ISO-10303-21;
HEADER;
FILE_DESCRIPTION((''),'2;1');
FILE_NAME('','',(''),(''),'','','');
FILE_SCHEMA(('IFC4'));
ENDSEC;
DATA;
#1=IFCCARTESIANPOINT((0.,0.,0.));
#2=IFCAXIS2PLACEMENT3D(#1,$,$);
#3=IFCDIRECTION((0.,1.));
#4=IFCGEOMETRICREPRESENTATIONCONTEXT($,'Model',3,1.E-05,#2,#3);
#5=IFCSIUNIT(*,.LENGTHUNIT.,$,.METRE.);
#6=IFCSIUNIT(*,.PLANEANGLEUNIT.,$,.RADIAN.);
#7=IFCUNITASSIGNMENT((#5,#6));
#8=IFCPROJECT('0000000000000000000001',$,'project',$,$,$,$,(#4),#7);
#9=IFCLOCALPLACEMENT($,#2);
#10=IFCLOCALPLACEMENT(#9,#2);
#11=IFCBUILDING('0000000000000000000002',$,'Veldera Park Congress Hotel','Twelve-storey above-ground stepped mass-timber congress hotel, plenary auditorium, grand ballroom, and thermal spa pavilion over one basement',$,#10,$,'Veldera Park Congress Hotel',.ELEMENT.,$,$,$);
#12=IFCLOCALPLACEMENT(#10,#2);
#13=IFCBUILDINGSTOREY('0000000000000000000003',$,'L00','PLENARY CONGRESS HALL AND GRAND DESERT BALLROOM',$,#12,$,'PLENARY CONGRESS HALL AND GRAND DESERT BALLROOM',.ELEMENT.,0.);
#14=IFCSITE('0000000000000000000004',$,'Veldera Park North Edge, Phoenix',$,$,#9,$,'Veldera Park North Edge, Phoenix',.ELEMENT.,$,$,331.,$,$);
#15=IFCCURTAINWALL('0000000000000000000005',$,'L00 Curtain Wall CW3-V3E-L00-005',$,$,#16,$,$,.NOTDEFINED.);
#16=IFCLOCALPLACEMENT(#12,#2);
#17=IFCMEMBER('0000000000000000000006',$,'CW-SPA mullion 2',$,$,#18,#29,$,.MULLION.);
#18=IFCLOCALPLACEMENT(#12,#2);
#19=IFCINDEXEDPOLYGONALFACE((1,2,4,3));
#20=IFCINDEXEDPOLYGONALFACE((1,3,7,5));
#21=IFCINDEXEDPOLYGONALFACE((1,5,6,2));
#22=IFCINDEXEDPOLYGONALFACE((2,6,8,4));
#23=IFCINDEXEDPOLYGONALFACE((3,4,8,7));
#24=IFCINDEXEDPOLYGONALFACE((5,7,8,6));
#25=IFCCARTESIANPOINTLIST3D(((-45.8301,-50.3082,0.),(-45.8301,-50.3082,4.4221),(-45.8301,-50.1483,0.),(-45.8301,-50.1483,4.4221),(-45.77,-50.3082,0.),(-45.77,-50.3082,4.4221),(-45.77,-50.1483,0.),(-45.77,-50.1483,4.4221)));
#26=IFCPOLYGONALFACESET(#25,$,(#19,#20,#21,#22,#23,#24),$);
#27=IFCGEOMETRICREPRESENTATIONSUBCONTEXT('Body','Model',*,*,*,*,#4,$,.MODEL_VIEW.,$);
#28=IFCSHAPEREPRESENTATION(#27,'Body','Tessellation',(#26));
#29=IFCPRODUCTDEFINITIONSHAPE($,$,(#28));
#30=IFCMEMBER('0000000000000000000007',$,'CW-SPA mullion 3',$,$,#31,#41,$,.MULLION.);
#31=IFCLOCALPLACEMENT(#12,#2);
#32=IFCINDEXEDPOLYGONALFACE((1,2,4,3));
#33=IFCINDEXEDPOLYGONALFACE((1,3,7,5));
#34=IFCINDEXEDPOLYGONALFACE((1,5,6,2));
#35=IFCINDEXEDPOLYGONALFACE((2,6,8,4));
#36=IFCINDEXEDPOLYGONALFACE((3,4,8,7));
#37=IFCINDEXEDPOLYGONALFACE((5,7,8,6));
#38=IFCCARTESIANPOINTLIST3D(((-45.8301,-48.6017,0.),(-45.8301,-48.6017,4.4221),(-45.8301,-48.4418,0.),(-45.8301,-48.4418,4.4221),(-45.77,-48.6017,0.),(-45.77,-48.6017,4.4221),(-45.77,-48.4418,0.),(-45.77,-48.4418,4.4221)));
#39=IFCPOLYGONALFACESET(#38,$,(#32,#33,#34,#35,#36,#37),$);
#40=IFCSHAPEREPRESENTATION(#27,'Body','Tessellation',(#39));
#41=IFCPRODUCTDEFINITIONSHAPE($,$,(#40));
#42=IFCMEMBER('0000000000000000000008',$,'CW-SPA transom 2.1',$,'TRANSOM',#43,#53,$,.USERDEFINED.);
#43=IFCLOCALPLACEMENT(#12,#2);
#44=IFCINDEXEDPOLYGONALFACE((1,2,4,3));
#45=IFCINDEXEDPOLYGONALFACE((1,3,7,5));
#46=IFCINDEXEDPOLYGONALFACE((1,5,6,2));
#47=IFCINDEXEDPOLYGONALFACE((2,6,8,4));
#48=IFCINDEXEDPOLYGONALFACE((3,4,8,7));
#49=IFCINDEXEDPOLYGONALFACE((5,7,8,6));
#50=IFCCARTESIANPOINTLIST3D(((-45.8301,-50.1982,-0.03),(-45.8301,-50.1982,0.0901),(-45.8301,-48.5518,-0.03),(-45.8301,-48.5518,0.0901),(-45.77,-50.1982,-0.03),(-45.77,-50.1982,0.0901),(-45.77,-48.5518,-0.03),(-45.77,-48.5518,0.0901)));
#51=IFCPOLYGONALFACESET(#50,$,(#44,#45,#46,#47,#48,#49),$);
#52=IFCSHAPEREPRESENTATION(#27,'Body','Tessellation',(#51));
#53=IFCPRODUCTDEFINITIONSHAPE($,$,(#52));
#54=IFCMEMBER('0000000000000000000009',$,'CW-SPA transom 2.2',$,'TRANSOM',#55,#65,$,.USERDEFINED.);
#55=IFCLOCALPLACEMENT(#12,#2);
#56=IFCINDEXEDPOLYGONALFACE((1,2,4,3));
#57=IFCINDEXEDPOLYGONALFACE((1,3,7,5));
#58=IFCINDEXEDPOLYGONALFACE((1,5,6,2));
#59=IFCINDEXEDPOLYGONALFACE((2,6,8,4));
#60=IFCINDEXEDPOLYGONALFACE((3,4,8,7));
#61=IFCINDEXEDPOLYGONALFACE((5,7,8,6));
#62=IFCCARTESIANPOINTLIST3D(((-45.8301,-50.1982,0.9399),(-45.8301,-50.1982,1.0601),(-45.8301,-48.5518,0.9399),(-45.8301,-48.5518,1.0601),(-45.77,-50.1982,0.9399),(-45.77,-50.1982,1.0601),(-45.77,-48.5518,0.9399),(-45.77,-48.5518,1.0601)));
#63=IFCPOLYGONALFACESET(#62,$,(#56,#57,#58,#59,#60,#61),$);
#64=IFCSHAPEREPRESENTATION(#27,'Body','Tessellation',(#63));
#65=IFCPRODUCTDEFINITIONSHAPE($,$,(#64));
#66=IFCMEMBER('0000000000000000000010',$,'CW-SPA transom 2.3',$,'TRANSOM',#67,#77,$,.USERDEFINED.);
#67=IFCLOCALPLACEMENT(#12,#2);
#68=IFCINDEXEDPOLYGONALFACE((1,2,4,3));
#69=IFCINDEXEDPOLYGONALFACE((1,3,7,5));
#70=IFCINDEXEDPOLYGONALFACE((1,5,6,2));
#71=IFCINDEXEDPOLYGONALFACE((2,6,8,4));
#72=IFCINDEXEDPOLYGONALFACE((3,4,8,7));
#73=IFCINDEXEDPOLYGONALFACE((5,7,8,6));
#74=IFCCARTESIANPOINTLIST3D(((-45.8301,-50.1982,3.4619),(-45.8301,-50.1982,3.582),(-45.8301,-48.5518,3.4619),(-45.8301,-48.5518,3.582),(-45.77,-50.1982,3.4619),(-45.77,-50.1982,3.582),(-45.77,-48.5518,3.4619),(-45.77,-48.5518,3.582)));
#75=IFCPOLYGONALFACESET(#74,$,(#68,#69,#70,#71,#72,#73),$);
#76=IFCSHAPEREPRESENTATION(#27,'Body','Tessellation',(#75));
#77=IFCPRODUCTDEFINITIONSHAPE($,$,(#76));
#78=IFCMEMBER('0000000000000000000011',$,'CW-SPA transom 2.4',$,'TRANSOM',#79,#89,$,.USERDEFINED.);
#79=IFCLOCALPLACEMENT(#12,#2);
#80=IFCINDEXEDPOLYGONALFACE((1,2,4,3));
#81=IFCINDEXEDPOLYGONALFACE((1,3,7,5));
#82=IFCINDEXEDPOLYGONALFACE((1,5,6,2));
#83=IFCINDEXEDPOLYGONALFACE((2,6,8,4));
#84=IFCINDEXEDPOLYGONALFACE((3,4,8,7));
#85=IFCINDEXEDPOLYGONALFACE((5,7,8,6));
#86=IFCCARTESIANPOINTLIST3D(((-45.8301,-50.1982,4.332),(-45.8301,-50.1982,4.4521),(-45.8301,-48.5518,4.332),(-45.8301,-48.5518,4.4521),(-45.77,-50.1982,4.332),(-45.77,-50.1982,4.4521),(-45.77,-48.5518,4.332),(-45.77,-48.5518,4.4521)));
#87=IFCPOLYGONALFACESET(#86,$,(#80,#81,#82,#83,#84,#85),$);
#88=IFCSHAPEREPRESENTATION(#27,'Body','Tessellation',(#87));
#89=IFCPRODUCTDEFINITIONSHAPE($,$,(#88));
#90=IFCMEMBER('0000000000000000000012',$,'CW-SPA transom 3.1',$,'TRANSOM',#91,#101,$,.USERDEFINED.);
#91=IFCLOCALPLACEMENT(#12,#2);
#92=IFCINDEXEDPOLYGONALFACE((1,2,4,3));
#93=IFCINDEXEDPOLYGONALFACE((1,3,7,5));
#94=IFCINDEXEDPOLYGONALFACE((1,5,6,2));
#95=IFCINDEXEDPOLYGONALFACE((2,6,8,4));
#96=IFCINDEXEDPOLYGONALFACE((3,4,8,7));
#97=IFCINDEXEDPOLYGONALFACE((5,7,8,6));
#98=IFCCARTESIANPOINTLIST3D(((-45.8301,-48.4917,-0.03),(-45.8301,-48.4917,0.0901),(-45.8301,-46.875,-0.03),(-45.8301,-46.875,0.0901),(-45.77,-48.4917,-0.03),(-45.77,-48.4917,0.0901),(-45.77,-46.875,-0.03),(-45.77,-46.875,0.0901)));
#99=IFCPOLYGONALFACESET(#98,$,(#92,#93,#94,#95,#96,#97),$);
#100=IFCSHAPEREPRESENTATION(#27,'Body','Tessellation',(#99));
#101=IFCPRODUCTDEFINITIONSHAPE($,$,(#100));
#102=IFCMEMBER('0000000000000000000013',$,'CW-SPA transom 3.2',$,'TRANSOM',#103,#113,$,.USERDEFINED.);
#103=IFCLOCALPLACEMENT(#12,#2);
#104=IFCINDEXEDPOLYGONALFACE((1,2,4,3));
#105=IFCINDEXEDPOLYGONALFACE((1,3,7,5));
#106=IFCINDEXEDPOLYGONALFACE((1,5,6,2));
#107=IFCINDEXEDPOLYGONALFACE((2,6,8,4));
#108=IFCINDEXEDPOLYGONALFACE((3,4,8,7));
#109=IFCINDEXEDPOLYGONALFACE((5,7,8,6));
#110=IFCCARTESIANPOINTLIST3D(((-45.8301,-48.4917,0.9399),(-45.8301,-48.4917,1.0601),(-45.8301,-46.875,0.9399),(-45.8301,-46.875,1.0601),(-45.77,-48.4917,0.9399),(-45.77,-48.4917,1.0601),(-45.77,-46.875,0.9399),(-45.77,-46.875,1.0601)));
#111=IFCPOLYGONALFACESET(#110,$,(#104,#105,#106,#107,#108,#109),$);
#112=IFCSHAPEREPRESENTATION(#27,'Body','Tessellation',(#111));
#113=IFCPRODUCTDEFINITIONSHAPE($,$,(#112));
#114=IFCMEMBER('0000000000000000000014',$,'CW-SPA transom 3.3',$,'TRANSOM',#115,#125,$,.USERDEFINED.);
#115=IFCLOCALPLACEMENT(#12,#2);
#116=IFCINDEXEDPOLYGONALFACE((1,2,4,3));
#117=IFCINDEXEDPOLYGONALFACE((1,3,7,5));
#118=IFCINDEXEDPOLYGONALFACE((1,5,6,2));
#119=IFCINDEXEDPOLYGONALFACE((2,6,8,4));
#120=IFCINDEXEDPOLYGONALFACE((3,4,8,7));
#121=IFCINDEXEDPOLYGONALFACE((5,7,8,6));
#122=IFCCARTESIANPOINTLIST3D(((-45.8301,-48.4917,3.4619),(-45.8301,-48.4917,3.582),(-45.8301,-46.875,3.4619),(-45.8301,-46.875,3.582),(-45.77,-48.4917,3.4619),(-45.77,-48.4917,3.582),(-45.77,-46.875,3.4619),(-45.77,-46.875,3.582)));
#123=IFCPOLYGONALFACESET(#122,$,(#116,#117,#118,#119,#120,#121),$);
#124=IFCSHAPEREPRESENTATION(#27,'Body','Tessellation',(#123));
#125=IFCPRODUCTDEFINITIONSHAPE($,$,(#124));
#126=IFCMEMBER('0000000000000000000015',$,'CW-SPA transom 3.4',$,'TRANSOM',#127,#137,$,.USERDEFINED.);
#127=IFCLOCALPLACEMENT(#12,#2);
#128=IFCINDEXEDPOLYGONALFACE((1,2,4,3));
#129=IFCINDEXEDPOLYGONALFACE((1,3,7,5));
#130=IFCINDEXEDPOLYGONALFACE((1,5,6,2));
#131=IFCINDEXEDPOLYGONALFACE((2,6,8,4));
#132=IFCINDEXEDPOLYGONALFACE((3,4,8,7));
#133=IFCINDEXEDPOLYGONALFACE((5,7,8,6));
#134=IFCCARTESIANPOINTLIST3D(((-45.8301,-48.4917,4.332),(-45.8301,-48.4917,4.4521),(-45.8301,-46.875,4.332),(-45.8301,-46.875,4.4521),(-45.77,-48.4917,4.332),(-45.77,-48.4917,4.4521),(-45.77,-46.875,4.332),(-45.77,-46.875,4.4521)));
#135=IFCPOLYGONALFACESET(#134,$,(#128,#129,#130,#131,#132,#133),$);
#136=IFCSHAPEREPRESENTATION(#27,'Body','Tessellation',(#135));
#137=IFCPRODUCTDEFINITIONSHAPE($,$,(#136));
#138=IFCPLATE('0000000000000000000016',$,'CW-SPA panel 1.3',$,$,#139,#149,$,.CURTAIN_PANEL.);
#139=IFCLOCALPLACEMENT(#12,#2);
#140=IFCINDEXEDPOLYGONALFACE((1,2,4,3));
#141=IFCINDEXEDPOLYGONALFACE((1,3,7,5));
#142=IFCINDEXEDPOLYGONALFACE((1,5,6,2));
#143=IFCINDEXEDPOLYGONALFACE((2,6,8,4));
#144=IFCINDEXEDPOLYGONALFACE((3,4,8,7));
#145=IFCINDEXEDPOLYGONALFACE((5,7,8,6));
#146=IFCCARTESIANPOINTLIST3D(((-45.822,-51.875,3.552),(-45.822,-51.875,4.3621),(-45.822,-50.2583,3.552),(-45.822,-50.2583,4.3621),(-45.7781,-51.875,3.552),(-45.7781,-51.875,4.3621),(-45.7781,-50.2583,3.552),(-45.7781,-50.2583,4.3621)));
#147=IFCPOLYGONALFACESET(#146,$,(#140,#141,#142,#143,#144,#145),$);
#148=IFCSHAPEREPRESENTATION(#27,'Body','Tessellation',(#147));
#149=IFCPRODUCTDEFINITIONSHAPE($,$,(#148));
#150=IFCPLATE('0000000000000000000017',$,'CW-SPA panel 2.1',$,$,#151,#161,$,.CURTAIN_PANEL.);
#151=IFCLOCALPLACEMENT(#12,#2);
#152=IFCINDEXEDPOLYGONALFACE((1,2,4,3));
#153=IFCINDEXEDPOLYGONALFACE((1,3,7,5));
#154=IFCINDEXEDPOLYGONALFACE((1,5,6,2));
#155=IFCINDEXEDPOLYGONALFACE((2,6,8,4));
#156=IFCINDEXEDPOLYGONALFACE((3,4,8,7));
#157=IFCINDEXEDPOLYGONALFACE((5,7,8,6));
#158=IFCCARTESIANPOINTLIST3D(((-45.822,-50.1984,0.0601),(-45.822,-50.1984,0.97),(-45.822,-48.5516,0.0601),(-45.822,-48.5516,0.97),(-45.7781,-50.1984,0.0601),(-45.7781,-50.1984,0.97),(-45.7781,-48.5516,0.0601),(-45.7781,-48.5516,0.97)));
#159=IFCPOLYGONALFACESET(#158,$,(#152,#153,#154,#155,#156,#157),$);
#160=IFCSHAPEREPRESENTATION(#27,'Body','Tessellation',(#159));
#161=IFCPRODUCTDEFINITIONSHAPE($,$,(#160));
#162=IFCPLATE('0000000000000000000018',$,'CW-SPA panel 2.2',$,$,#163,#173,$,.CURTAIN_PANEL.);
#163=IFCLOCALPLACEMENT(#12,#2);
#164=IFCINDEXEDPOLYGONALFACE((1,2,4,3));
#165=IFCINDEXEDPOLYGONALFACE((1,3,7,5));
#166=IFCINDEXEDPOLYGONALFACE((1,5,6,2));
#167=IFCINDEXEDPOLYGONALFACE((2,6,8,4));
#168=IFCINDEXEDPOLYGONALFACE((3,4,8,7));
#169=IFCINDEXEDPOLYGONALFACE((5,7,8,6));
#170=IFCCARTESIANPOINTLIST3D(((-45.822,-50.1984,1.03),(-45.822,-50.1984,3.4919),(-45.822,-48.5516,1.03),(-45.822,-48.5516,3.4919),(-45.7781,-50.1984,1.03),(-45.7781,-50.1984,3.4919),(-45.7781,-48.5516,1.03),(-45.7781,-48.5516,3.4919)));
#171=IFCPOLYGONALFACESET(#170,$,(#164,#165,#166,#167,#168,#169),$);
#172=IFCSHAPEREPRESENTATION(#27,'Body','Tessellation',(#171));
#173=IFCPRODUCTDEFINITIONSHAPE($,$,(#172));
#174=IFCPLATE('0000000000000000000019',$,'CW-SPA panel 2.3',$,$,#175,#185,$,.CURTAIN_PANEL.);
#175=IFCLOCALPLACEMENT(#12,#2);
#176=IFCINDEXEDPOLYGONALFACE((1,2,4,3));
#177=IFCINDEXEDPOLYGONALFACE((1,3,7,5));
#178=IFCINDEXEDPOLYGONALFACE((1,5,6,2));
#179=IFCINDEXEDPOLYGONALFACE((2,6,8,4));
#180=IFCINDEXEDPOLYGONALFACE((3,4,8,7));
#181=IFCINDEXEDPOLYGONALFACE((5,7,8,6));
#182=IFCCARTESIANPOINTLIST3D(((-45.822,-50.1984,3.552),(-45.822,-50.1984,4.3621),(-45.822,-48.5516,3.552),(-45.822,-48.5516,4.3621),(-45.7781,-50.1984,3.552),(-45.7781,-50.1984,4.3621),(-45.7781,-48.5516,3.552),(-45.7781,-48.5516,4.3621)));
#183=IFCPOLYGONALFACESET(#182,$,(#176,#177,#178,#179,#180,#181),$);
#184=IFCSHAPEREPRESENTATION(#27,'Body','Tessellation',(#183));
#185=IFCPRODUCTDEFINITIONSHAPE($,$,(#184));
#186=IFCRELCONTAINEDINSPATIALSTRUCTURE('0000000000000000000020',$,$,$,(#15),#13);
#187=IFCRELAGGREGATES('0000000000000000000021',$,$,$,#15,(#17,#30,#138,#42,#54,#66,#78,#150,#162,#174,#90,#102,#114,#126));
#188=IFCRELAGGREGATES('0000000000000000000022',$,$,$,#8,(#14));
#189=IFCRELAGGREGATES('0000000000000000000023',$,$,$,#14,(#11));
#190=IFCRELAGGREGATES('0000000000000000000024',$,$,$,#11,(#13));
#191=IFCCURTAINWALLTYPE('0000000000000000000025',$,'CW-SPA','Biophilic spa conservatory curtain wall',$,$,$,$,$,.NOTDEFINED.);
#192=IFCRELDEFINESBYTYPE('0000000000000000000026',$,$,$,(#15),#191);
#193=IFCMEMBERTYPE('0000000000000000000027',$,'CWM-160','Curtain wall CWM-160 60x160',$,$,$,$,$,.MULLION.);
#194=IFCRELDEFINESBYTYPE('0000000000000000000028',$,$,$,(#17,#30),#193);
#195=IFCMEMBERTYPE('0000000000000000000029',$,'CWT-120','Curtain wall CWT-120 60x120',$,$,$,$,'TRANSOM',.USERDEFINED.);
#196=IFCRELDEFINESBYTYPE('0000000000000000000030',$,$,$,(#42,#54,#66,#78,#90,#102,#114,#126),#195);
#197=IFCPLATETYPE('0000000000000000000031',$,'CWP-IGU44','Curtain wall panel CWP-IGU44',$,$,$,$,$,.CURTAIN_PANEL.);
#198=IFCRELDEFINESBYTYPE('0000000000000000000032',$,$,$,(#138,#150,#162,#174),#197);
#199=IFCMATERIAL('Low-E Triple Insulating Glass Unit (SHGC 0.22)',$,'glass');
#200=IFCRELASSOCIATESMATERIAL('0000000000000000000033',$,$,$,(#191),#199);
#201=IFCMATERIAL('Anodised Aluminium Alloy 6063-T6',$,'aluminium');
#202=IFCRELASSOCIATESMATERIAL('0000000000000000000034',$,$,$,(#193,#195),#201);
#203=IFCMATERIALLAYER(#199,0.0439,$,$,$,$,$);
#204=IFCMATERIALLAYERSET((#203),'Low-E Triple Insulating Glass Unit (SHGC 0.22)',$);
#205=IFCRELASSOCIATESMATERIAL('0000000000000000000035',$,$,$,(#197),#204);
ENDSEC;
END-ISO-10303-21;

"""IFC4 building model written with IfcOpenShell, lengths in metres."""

from ifc_helpers import new_model, si_unit, direction, frame, origin, origin_2d, place, context, subcontext, project, spatial, rectangle, extrude, material, layer, layer_set, material_profile, profile_set, type_object, element, aggregate, save


model = new_model("IFC4")

# Units and contexts
model_context = context("Model", 3, precision=1e-05, world=origin(), true_north=direction((0.0, 1.0)))
body_context = subcontext(model_context, "Body", "Model", "MODEL_VIEW")
ifc_project = project(units=[si_unit("LENGTHUNIT", "METRE"), si_unit("PLANEANGLEUNIT", "RADIAN")], contexts=[model_context])

# Site, building, storey
site_placement = place(None, origin())
site = spatial("IfcSite", under=ifc_project, at=site_placement, Name="Veldera Park North Edge, Phoenix", LongName="Veldera Park North Edge, Phoenix", CompositionType="ELEMENT", RefElevation=331.0)
building_placement = place(site_placement, origin())
building = spatial("IfcBuilding", under=site, at=building_placement, Name="Veldera Park Congress Hotel", Description="Twelve-storey above-ground stepped mass-timber congress hotel, plenary auditorium, grand ballroom, and thermal spa pavilion over one basement", LongName="Veldera Park Congress Hotel", CompositionType="ELEMENT")
storey_placement = place(building_placement, origin())
storey = spatial("IfcBuildingStorey", under=building, at=storey_placement, Name="L00", Description="PLENARY CONGRESS HALL AND GRAND DESERT BALLROOM", LongName="PLENARY CONGRESS HALL AND GRAND DESERT BALLROOM", CompositionType="ELEMENT", Elevation=0.0)

# Curtain wall, members, plates
ifc_material_1 = material(Name="Low-E Triple Insulating Glass Unit (SHGC 0.22)", Category="glass")
curtain_wall_type = type_object("IfcCurtainWallType", Name="CW-SPA", Description="Biophilic spa conservatory curtain wall", PredefinedType="NOTDEFINED", material=ifc_material_1)
curtain_wall_placement = place(storey_placement, origin())
curtain_wall = element("IfcCurtainWall", 1, at=curtain_wall_placement, inside=storey, type_object=curtain_wall_type, Name="L00 Curtain Wall CW3-V3E-L00-005", PredefinedType="NOTDEFINED")
ifc_material_2 = material(Name="Anodised Aluminium Alloy 6063-T6", Category="aluminium")
ifc_material_profile_1 = material_profile(ifc_material_2, rectangle(XDim=0.0601, YDim=0.1599, at=origin_2d()), Name="ALU 60x160")
ifc_profile_set_1 = profile_set([ifc_material_profile_1], Name="Anodised Aluminium Alloy 6063-T6")
member_type_1 = type_object("IfcMemberType", Name="CWM-160", Description="Curtain wall CWM-160 60x160", PredefinedType="MULLION", material=ifc_profile_set_1)
member_1_placement = place(storey_placement, frame((-45.8, -50.2283, 0.0), z_axis=(0.0, 0.0, 1.0), x_axis=(-1.0, 0.0, 0.0)))
member_1 = element("IfcMember", 2, at=member_1_placement, type_object=member_type_1, Name="CW-SPA mullion 2", PredefinedType="MULLION", context=body_context, shape_type="SweptSolid", body=[
    extrude(rectangle(XDim=0.0601, YDim=0.1599, at=origin_2d()), origin(), (0.0, 0.0, 1.0), 4.4221),
])
member_2_placement = place(storey_placement, frame((-45.8, -48.5217, 0.0), z_axis=(0.0, 0.0, 1.0), x_axis=(-1.0, 0.0, 0.0)))
member_2 = element("IfcMember", 3, at=member_2_placement, type_object=member_type_1, Name="CW-SPA mullion 3", PredefinedType="MULLION", context=body_context, shape_type="SweptSolid", body=[
    extrude(rectangle(XDim=0.0601, YDim=0.1599, at=origin_2d()), origin(), (0.0, 0.0, 1.0), 4.4221),
])
ifc_material_profile_2 = material_profile(ifc_material_2, rectangle(XDim=0.0601, YDim=0.1201, at=origin_2d()), Name="ALU 60x120")
ifc_profile_set_2 = profile_set([ifc_material_profile_2], Name="Anodised Aluminium Alloy 6063-T6")
member_type_2 = type_object("IfcMemberType", Name="CWT-120", Description="Curtain wall CWT-120 60x120", ElementType="TRANSOM", PredefinedType="USERDEFINED", material=ifc_profile_set_2)
member_3_placement = place(storey_placement, frame((-45.8, -50.1982, 0.03), z_axis=(0.0, 1.0, 0.0), x_axis=(-1.0, 0.0, 0.0)))
member_3 = element("IfcMember", 4, at=member_3_placement, type_object=member_type_2, Name="CW-SPA transom 2.1", ObjectType="TRANSOM", PredefinedType="USERDEFINED", context=body_context, shape_type="SweptSolid", body=[
    extrude(rectangle(XDim=0.0601, YDim=0.1201, at=origin_2d()), origin(), (0.0, 0.0, 1.0), 1.6465),
])
member_4_placement = place(storey_placement, frame((-45.8, -50.1982, 1.0), z_axis=(0.0, 1.0, 0.0), x_axis=(-1.0, 0.0, 0.0)))
member_4 = element("IfcMember", 5, at=member_4_placement, type_object=member_type_2, Name="CW-SPA transom 2.2", ObjectType="TRANSOM", PredefinedType="USERDEFINED", context=body_context, shape_type="SweptSolid", body=[
    extrude(rectangle(XDim=0.0601, YDim=0.1201, at=origin_2d()), origin(), (0.0, 0.0, 1.0), 1.6465),
])
member_5_placement = place(storey_placement, frame((-45.8, -50.1982, 3.522), z_axis=(0.0, 1.0, 0.0), x_axis=(-1.0, 0.0, 0.0)))
member_5 = element("IfcMember", 6, at=member_5_placement, type_object=member_type_2, Name="CW-SPA transom 2.3", ObjectType="TRANSOM", PredefinedType="USERDEFINED", context=body_context, shape_type="SweptSolid", body=[
    extrude(rectangle(XDim=0.0601, YDim=0.1201, at=origin_2d()), origin(), (0.0, 0.0, 1.0), 1.6465),
])
member_6_placement = place(storey_placement, frame((-45.8, -50.1982, 4.3921), z_axis=(0.0, 1.0, 0.0), x_axis=(-1.0, 0.0, 0.0)))
member_6 = element("IfcMember", 7, at=member_6_placement, type_object=member_type_2, Name="CW-SPA transom 2.4", ObjectType="TRANSOM", PredefinedType="USERDEFINED", context=body_context, shape_type="SweptSolid", body=[
    extrude(rectangle(XDim=0.0601, YDim=0.1201, at=origin_2d()), origin(), (0.0, 0.0, 1.0), 1.6465),
])
member_7_placement = place(storey_placement, frame((-45.8, -48.4917, 0.03), z_axis=(0.0, 1.0, 0.0), x_axis=(-1.0, 0.0, 0.0)))
member_7 = element("IfcMember", 8, at=member_7_placement, type_object=member_type_2, Name="CW-SPA transom 3.1", ObjectType="TRANSOM", PredefinedType="USERDEFINED", context=body_context, shape_type="SweptSolid", body=[
    extrude(rectangle(XDim=0.0601, YDim=0.1201, at=origin_2d()), origin(), (0.0, 0.0, 1.0), 1.6167),
])
member_8_placement = place(storey_placement, frame((-45.8, -48.4917, 1.0), z_axis=(0.0, 1.0, 0.0), x_axis=(-1.0, 0.0, 0.0)))
member_8 = element("IfcMember", 9, at=member_8_placement, type_object=member_type_2, Name="CW-SPA transom 3.2", ObjectType="TRANSOM", PredefinedType="USERDEFINED", context=body_context, shape_type="SweptSolid", body=[
    extrude(rectangle(XDim=0.0601, YDim=0.1201, at=origin_2d()), origin(), (0.0, 0.0, 1.0), 1.6167),
])
member_9_placement = place(storey_placement, frame((-45.8, -48.4917, 3.522), z_axis=(0.0, 1.0, 0.0), x_axis=(-1.0, 0.0, 0.0)))
member_9 = element("IfcMember", 10, at=member_9_placement, type_object=member_type_2, Name="CW-SPA transom 3.3", ObjectType="TRANSOM", PredefinedType="USERDEFINED", context=body_context, shape_type="SweptSolid", body=[
    extrude(rectangle(XDim=0.0601, YDim=0.1201, at=origin_2d()), origin(), (0.0, 0.0, 1.0), 1.6167),
])
member_10_placement = place(storey_placement, frame((-45.8, -48.4917, 4.3921), z_axis=(0.0, 1.0, 0.0), x_axis=(-1.0, 0.0, 0.0)))
member_10 = element("IfcMember", 11, at=member_10_placement, type_object=member_type_2, Name="CW-SPA transom 3.4", ObjectType="TRANSOM", PredefinedType="USERDEFINED", context=body_context, shape_type="SweptSolid", body=[
    extrude(rectangle(XDim=0.0601, YDim=0.1201, at=origin_2d()), origin(), (0.0, 0.0, 1.0), 1.6167),
])
ifc_layer_1 = layer(ifc_material_1, 0.0439)
ifc_layer_set_1 = layer_set([ifc_layer_1], Name="Low-E Triple Insulating Glass Unit (SHGC 0.22)")
plate_type = type_object("IfcPlateType", Name="CWP-IGU44", Description="Curtain wall panel CWP-IGU44", PredefinedType="CURTAIN_PANEL", material=ifc_layer_set_1)
plate_1_placement = place(storey_placement, frame((-45.8, -51.0667, 3.552), z_axis=(0.0, 0.0, 1.0), x_axis=(0.0, 1.0, 0.0)))
plate_1 = element("IfcPlate", 12, at=plate_1_placement, type_object=plate_type, Name="CW-SPA panel 1.3", PredefinedType="CURTAIN_PANEL", context=body_context, shape_type="SweptSolid", body=[
    extrude(rectangle(XDim=1.6167, YDim=0.0439, at=origin_2d()), origin(), (0.0, 0.0, 1.0), 0.8101),
])
plate_2_placement = place(storey_placement, frame((-45.8, -49.375, 0.0601), z_axis=(0.0, 0.0, 1.0), x_axis=(0.0, 1.0, 0.0)))
plate_2 = element("IfcPlate", 13, at=plate_2_placement, type_object=plate_type, Name="CW-SPA panel 2.1", PredefinedType="CURTAIN_PANEL", context=body_context, shape_type="SweptSolid", body=[
    extrude(rectangle(XDim=1.6467, YDim=0.0439, at=origin_2d()), origin(), (0.0, 0.0, 1.0), 0.9099),
])
plate_3_placement = place(storey_placement, frame((-45.8, -49.375, 1.03), z_axis=(0.0, 0.0, 1.0), x_axis=(0.0, 1.0, 0.0)))
plate_3 = element("IfcPlate", 14, at=plate_3_placement, type_object=plate_type, Name="CW-SPA panel 2.2", PredefinedType="CURTAIN_PANEL", context=body_context, shape_type="SweptSolid", body=[
    extrude(rectangle(XDim=1.6467, YDim=0.0439, at=origin_2d()), origin(), (0.0, 0.0, 1.0), 2.4619),
])
plate_4_placement = place(storey_placement, frame((-45.8, -49.375, 3.552), z_axis=(0.0, 0.0, 1.0), x_axis=(0.0, 1.0, 0.0)))
plate_4 = element("IfcPlate", 15, at=plate_4_placement, type_object=plate_type, Name="CW-SPA panel 2.3", PredefinedType="CURTAIN_PANEL", context=body_context, shape_type="SweptSolid", body=[
    extrude(rectangle(XDim=1.6467, YDim=0.0439, at=origin_2d()), origin(), (0.0, 0.0, 1.0), 0.8101),
])
aggregate(curtain_wall, [member_1, member_2, plate_1, member_3, member_4, member_5, member_6, plate_2, plate_3, plate_4, member_7, member_8, member_9, member_10])

save(model, "model.ifc")
